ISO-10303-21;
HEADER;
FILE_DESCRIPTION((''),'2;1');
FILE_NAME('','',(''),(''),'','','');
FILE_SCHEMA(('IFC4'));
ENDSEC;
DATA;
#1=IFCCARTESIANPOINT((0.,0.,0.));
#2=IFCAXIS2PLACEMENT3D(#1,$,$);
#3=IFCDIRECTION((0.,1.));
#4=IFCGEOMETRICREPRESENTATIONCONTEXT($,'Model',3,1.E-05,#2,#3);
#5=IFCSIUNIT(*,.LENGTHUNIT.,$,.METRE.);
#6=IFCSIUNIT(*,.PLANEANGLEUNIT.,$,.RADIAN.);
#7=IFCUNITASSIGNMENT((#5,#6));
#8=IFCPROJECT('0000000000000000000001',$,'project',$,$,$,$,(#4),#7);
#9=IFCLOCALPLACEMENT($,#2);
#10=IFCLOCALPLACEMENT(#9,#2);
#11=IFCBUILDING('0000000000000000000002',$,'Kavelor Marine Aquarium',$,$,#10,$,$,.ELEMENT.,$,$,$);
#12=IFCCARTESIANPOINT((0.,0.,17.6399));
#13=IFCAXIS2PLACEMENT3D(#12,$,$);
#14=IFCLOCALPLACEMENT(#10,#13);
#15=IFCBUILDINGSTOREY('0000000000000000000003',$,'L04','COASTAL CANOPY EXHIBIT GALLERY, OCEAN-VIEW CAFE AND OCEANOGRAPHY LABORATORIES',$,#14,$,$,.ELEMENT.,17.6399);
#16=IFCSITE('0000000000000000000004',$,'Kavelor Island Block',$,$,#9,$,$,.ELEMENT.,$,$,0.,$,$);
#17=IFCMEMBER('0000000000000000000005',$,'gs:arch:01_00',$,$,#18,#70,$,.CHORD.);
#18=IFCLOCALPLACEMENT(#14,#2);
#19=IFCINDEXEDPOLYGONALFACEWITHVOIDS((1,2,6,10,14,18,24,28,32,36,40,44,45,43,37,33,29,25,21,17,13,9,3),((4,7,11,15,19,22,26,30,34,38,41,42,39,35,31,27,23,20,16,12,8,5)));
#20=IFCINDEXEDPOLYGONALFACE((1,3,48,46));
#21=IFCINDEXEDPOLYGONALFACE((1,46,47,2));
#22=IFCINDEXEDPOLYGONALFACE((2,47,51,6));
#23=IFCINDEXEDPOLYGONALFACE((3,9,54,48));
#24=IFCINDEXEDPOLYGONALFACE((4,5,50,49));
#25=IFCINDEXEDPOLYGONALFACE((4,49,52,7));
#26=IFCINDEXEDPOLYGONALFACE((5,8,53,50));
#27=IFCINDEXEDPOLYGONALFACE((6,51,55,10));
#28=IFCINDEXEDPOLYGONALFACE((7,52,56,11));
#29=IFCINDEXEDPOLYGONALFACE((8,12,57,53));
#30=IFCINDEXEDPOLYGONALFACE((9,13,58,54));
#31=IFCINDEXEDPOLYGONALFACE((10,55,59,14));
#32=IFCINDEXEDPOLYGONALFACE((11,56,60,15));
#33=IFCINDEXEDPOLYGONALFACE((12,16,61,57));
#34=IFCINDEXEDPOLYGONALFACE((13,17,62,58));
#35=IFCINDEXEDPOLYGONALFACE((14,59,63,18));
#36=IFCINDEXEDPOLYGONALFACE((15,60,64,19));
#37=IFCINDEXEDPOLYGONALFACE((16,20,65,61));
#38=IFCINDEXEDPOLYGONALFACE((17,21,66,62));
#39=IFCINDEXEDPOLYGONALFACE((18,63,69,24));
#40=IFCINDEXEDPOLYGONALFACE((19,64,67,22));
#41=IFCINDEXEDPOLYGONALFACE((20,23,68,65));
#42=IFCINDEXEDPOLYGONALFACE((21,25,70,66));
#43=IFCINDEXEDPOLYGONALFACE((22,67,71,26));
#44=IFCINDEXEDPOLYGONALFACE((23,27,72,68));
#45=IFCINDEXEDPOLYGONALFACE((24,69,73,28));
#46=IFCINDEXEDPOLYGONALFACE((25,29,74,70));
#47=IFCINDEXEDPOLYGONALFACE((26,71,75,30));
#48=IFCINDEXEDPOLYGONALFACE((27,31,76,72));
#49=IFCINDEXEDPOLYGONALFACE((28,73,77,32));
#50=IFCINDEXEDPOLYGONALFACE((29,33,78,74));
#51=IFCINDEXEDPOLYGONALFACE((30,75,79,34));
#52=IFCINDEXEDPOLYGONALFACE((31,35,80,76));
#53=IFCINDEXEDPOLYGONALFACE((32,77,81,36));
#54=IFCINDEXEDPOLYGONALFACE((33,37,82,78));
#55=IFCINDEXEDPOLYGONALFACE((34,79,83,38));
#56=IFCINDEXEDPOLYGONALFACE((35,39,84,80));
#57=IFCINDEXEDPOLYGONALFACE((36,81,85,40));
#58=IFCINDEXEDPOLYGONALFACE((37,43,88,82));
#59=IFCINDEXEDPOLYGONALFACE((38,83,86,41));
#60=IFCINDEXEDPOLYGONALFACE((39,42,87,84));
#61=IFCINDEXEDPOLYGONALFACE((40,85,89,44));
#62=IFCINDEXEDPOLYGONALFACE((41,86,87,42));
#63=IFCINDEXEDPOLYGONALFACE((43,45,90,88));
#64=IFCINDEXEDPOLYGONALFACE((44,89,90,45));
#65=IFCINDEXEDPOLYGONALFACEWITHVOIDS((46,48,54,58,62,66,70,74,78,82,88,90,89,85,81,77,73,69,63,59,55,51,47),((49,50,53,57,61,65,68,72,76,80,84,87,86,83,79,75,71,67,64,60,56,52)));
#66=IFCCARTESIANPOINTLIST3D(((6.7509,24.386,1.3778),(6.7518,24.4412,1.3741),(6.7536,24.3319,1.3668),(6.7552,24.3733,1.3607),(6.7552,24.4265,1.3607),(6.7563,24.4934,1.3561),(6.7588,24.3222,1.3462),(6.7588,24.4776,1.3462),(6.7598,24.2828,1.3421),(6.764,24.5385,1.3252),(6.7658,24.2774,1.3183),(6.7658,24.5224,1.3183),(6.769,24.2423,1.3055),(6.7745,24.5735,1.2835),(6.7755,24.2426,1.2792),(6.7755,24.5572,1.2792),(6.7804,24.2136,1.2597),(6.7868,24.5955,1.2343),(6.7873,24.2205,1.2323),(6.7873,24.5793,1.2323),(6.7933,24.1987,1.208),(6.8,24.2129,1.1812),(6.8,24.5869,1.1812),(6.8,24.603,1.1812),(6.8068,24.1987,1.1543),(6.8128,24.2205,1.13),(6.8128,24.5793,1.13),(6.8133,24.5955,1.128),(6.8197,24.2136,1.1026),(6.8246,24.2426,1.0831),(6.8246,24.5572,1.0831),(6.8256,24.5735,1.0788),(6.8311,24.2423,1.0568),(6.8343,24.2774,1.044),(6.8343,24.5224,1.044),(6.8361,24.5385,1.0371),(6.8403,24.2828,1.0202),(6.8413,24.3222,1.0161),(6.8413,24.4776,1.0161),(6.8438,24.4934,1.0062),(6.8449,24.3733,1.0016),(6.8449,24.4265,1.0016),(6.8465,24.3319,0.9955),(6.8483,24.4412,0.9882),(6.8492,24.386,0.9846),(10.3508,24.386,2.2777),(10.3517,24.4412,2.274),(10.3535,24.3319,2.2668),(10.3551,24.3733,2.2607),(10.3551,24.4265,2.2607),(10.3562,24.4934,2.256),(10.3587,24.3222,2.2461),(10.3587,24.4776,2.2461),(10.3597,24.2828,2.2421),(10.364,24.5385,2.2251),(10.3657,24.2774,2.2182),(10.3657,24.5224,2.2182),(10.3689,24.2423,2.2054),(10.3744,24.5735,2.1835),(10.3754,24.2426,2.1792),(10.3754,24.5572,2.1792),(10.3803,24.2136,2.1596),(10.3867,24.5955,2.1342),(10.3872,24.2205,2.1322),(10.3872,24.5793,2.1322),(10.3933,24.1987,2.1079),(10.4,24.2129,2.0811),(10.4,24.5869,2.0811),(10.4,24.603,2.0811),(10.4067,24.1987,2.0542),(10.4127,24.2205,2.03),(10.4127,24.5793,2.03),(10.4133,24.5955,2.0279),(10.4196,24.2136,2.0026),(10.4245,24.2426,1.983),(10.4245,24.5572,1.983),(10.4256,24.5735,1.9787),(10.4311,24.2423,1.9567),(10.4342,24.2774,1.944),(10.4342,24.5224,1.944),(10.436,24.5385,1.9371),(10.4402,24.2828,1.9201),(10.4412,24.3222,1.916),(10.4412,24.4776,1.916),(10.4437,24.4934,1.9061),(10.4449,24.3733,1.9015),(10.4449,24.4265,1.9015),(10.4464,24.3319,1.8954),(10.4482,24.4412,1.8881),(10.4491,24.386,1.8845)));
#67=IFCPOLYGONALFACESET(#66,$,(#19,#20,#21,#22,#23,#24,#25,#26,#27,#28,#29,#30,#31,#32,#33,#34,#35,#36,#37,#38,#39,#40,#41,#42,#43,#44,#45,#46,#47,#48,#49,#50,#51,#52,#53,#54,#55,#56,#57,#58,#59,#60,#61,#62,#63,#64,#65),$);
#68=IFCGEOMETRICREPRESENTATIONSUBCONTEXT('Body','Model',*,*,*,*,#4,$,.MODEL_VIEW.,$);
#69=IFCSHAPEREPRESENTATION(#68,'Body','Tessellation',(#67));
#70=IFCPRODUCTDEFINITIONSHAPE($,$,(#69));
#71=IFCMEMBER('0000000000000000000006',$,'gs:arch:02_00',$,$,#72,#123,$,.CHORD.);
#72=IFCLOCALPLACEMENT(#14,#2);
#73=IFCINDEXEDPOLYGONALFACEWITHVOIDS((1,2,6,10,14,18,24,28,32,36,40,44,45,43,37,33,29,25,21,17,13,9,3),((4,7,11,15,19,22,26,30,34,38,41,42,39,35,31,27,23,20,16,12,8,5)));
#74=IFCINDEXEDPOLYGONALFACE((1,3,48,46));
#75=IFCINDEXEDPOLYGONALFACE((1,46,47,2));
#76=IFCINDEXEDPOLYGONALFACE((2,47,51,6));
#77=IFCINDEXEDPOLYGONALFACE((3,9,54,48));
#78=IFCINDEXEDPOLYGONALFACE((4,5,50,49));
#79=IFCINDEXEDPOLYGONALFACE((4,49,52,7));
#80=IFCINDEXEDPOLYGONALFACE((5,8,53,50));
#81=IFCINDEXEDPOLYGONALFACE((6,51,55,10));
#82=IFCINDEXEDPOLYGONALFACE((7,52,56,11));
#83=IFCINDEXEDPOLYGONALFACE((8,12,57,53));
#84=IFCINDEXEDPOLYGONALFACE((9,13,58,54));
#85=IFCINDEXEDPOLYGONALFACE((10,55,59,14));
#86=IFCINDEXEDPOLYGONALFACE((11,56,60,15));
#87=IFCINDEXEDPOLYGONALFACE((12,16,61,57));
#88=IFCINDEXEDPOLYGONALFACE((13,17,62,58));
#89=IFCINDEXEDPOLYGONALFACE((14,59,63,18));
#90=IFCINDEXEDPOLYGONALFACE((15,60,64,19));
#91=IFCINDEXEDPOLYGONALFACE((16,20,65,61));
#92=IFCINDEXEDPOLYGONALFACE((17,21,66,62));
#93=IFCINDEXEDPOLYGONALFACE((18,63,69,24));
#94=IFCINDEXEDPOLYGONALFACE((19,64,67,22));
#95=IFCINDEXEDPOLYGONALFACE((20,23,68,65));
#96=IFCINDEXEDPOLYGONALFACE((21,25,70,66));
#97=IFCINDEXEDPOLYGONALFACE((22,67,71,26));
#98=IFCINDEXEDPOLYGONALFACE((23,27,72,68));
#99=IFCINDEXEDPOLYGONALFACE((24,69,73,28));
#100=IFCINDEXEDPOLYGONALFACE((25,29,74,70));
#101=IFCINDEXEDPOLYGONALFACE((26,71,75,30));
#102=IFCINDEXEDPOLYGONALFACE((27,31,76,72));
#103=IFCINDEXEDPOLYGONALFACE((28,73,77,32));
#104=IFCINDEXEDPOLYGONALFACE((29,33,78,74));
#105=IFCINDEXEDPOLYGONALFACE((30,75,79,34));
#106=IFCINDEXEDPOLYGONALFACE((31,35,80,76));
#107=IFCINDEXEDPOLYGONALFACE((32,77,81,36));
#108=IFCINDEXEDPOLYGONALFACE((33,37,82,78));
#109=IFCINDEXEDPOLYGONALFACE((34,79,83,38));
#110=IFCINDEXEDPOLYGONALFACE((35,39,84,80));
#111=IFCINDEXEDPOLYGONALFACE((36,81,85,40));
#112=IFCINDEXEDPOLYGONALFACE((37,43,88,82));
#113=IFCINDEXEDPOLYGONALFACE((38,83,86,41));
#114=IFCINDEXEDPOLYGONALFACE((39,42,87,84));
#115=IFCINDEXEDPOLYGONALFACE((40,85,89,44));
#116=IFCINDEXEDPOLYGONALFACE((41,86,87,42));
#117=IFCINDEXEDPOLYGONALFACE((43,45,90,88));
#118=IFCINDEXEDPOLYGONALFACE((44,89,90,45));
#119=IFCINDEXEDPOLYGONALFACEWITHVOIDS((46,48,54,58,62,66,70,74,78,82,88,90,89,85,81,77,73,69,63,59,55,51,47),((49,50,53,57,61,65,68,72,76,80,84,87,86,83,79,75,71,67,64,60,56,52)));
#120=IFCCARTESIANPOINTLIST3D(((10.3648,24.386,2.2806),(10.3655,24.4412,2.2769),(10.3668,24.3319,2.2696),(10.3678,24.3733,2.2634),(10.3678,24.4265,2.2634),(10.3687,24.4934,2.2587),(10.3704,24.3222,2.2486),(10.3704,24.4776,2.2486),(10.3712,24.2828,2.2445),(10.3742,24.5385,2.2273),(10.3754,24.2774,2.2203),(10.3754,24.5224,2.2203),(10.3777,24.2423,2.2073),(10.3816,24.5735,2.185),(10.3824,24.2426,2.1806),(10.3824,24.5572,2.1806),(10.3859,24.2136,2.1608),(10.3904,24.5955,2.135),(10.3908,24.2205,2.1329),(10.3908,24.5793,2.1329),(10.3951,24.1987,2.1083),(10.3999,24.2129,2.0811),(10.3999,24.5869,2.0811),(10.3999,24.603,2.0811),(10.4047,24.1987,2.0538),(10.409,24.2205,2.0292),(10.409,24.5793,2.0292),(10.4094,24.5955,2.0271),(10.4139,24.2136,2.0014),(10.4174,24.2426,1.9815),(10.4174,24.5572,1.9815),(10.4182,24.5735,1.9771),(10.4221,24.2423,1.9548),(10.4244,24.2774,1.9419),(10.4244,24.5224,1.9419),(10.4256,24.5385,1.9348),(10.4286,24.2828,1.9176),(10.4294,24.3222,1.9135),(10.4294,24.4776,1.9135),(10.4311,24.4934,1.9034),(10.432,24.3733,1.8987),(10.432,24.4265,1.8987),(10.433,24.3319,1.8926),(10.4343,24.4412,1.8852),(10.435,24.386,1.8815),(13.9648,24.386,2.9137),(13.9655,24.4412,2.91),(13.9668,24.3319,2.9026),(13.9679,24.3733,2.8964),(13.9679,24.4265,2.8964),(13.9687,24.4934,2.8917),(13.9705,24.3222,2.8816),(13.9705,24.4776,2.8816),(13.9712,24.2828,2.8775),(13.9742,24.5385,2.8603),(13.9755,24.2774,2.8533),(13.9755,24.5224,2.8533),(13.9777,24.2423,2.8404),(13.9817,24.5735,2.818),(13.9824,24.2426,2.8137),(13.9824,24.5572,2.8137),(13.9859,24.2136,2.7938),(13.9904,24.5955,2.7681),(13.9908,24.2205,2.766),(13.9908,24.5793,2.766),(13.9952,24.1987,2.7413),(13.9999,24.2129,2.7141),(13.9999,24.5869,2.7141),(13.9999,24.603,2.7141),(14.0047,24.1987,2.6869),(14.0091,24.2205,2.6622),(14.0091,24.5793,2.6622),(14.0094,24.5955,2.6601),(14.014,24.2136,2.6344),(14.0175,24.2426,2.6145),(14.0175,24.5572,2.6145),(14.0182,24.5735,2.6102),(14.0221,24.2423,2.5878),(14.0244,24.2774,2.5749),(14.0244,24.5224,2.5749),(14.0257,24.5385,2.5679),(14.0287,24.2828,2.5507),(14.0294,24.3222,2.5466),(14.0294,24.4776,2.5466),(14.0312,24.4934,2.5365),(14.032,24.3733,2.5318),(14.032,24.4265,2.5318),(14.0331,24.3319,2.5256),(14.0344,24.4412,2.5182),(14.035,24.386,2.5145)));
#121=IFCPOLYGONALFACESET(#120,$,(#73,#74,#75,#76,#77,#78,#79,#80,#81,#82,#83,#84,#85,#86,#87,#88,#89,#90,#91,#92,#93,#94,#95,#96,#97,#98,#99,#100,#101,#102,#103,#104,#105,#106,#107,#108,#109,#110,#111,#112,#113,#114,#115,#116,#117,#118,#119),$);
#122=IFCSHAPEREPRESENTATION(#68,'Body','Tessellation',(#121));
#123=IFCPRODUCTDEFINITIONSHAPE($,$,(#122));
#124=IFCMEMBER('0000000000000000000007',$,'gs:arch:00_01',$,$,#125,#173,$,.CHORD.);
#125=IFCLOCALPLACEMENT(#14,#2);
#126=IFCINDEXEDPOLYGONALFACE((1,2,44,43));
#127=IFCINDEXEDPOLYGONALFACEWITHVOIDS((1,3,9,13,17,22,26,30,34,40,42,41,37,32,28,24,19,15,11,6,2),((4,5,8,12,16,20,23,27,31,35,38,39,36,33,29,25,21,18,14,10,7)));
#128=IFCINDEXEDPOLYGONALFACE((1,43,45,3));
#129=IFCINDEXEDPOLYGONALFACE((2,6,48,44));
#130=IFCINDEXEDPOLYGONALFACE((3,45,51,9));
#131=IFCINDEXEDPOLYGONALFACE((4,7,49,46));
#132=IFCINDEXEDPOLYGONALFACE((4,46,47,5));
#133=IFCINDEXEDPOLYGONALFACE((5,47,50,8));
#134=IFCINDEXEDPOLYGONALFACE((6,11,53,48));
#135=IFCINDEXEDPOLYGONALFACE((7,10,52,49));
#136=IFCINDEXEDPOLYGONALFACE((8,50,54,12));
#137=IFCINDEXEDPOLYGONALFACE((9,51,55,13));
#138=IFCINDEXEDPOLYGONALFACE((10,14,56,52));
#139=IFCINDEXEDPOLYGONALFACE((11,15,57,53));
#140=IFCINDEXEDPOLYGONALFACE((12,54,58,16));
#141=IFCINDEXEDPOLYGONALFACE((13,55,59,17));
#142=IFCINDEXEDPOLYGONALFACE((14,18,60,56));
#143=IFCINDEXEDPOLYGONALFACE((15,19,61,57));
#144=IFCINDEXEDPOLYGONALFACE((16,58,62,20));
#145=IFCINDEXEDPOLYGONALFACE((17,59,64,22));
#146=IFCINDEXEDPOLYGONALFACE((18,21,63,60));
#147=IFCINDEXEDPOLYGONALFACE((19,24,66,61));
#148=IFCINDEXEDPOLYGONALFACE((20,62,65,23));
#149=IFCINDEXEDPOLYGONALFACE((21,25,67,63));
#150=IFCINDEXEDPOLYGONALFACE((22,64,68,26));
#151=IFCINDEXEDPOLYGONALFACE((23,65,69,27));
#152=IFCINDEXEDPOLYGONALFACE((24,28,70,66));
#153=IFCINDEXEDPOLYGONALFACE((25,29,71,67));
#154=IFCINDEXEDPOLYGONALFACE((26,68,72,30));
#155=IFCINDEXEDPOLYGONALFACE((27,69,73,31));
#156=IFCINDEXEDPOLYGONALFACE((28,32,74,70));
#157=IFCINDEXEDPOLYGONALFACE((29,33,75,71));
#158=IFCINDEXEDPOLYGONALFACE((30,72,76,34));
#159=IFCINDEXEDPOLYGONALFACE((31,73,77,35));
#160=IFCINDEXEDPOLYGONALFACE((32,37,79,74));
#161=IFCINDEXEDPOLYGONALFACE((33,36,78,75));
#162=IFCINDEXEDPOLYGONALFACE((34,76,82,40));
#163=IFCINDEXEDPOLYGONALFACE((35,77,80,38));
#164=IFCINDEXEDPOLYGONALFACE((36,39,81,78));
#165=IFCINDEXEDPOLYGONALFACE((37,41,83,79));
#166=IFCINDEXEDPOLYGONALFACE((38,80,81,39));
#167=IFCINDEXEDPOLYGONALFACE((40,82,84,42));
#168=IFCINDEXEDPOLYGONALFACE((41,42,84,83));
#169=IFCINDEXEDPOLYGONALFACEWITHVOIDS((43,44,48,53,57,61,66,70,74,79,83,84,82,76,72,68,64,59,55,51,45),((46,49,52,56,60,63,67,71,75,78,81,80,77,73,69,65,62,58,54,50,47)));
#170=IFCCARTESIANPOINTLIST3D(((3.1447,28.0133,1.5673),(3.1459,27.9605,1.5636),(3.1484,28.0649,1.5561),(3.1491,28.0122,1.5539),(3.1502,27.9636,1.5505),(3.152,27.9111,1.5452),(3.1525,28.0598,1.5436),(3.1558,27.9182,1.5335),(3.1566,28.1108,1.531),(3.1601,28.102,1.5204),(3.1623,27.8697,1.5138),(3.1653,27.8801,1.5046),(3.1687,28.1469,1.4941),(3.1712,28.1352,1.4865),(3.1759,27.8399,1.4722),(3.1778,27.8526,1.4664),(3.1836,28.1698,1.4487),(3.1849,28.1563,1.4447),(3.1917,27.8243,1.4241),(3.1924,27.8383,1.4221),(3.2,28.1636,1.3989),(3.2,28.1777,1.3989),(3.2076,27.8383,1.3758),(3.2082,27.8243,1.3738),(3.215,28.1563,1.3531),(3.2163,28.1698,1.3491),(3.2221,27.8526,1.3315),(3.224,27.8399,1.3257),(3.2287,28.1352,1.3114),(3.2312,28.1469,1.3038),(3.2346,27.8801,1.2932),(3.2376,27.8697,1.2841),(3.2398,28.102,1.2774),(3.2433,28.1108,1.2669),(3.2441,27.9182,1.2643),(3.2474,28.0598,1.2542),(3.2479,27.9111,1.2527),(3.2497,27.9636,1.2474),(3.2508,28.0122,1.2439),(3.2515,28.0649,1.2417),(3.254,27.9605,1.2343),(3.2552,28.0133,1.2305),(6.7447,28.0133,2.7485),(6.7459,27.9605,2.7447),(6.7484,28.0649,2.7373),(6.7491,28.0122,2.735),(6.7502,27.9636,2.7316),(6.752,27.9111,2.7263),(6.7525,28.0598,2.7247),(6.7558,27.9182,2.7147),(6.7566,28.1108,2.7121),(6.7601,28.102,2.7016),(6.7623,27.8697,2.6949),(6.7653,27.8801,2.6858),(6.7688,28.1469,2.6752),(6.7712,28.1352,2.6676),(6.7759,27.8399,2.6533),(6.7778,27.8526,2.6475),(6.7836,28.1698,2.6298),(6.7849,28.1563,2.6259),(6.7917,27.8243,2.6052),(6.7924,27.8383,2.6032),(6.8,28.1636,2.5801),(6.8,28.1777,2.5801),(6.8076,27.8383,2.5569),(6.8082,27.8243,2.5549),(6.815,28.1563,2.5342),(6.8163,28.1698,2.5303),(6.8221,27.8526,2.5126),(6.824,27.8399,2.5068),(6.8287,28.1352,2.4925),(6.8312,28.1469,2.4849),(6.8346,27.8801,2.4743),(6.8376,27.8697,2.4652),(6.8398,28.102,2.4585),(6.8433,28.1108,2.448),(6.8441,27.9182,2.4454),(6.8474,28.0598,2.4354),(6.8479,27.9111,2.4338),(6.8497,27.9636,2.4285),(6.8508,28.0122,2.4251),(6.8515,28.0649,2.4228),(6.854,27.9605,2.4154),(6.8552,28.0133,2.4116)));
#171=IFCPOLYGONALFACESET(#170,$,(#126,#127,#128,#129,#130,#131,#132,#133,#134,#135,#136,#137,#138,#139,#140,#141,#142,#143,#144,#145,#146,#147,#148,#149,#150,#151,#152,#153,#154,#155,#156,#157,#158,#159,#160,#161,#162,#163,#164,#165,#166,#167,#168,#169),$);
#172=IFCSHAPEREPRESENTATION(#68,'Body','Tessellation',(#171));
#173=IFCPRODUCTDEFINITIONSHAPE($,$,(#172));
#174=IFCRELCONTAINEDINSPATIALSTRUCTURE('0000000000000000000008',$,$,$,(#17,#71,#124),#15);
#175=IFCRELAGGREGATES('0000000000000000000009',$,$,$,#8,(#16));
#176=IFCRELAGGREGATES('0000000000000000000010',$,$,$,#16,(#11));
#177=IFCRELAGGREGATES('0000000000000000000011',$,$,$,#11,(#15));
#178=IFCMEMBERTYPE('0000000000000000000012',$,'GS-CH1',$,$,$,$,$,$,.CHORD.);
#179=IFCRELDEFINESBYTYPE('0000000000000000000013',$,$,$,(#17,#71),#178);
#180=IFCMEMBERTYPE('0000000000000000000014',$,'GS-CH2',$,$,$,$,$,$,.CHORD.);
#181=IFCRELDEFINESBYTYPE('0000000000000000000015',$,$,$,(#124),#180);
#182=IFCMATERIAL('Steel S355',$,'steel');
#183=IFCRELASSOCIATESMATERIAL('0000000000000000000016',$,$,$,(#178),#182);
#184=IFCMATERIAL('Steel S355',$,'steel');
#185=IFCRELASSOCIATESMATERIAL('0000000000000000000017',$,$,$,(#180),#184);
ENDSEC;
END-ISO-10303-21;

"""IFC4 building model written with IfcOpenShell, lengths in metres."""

from ifc_helpers import new_model, si_unit, direction, frame, origin, origin_2d, place, context, subcontext, project, spatial, hollow_circle, extrude, material, material_profile, profile_set, type_object, element, save


model = new_model("IFC4")

# Units and contexts
model_context = context("Model", 3, precision=1e-05, world=origin(), true_north=direction((0.0, 1.0)))
body_context = subcontext(model_context, "Body", "Model", "MODEL_VIEW")
ifc_project = project(units=[si_unit("LENGTHUNIT", "METRE"), si_unit("PLANEANGLEUNIT", "RADIAN")], contexts=[model_context])

# Site, building, storey
site_placement = place(None, origin())
site = spatial("IfcSite", under=ifc_project, at=site_placement, Name="Kavelor Island Block", CompositionType="ELEMENT", RefElevation=0.0)
building_placement = place(site_placement, origin())
building = spatial("IfcBuilding", under=site, at=building_placement, Name="Kavelor Marine Aquarium", CompositionType="ELEMENT")
storey_placement = place(building_placement, frame((0.0, 0.0, 17.6399)))
storey = spatial("IfcBuildingStorey", under=building, at=storey_placement, Name="L04", Description="COASTAL CANOPY EXHIBIT GALLERY, OCEAN-VIEW CAFE AND OCEANOGRAPHY LABORATORIES", CompositionType="ELEMENT", Elevation=17.6399)

# Members
ifc_material_1 = material(Name="Steel S355", Category="steel")
ifc_material_profile_1 = material_profile(ifc_material_1, hollow_circle(Radius=0.2031, WallThickness=0.0161, at=origin_2d()), Name="CHS 406.4x16.0")
ifc_profile_set_1 = profile_set([ifc_material_profile_1], Name="Steel S355")
member_type_1 = type_object("IfcMemberType", Name="GS-CH1", PredefinedType="CHORD", material=ifc_profile_set_1)
member_1_placement = place(storey_placement, frame((6.8, 24.3999, 1.1812), z_axis=(0.970146, 0.0, 0.24252), x_axis=(0.0, 1.0, 0.0)))
element("IfcMember", 1, at=member_1_placement, inside=storey, type_object=member_type_1, Name="gs:arch:01_00", PredefinedType="CHORD", context=body_context, shape_type="SweptSolid", body=[
    extrude(hollow_circle(Radius=0.2031, WallThickness=0.0161, at=origin_2d()), origin(), (0.0, 0.0, 1.0), 3.7107),
])
member_2_placement = place(storey_placement, frame((10.3999, 24.3999, 2.0811), z_axis=(0.984889, 0.0, 0.173187), x_axis=(0.0, 1.0, 0.0)))
element("IfcMember", 2, at=member_2_placement, inside=storey, type_object=member_type_1, Name="gs:arch:02_00", PredefinedType="CHORD", context=body_context, shape_type="SweptSolid", body=[
    extrude(hollow_circle(Radius=0.2031, WallThickness=0.0161, at=origin_2d()), origin(), (0.0, 0.0, 1.0), 3.6553),
])
ifc_material_2 = material(Name="Steel S355", Category="steel")
ifc_material_profile_2 = material_profile(ifc_material_2, hollow_circle(Radius=0.1777, WallThickness=0.0142, at=origin_2d()), Name="CHS 355.6x14.2")
ifc_profile_set_2 = profile_set([ifc_material_profile_2], Name="Steel S355")
member_type_2 = type_object("IfcMemberType", Name="GS-CH2", PredefinedType="CHORD", material=ifc_profile_set_2)
member_3_placement = place(storey_placement, frame((3.2, 28.0, 1.3989), z_axis=(0.950168, 0.0, 0.31174), x_axis=(0.0, 1.0, 0.0)))
element("IfcMember", 3, at=member_3_placement, inside=storey, type_object=member_type_2, Name="gs:arch:00_01", PredefinedType="CHORD", context=body_context, shape_type="SweptSolid", body=[
    extrude(hollow_circle(Radius=0.1777, WallThickness=0.0142, at=origin_2d()), origin(), (0.0, 0.0, 1.0), 3.7888),
])

save(model, "model.ifc")
